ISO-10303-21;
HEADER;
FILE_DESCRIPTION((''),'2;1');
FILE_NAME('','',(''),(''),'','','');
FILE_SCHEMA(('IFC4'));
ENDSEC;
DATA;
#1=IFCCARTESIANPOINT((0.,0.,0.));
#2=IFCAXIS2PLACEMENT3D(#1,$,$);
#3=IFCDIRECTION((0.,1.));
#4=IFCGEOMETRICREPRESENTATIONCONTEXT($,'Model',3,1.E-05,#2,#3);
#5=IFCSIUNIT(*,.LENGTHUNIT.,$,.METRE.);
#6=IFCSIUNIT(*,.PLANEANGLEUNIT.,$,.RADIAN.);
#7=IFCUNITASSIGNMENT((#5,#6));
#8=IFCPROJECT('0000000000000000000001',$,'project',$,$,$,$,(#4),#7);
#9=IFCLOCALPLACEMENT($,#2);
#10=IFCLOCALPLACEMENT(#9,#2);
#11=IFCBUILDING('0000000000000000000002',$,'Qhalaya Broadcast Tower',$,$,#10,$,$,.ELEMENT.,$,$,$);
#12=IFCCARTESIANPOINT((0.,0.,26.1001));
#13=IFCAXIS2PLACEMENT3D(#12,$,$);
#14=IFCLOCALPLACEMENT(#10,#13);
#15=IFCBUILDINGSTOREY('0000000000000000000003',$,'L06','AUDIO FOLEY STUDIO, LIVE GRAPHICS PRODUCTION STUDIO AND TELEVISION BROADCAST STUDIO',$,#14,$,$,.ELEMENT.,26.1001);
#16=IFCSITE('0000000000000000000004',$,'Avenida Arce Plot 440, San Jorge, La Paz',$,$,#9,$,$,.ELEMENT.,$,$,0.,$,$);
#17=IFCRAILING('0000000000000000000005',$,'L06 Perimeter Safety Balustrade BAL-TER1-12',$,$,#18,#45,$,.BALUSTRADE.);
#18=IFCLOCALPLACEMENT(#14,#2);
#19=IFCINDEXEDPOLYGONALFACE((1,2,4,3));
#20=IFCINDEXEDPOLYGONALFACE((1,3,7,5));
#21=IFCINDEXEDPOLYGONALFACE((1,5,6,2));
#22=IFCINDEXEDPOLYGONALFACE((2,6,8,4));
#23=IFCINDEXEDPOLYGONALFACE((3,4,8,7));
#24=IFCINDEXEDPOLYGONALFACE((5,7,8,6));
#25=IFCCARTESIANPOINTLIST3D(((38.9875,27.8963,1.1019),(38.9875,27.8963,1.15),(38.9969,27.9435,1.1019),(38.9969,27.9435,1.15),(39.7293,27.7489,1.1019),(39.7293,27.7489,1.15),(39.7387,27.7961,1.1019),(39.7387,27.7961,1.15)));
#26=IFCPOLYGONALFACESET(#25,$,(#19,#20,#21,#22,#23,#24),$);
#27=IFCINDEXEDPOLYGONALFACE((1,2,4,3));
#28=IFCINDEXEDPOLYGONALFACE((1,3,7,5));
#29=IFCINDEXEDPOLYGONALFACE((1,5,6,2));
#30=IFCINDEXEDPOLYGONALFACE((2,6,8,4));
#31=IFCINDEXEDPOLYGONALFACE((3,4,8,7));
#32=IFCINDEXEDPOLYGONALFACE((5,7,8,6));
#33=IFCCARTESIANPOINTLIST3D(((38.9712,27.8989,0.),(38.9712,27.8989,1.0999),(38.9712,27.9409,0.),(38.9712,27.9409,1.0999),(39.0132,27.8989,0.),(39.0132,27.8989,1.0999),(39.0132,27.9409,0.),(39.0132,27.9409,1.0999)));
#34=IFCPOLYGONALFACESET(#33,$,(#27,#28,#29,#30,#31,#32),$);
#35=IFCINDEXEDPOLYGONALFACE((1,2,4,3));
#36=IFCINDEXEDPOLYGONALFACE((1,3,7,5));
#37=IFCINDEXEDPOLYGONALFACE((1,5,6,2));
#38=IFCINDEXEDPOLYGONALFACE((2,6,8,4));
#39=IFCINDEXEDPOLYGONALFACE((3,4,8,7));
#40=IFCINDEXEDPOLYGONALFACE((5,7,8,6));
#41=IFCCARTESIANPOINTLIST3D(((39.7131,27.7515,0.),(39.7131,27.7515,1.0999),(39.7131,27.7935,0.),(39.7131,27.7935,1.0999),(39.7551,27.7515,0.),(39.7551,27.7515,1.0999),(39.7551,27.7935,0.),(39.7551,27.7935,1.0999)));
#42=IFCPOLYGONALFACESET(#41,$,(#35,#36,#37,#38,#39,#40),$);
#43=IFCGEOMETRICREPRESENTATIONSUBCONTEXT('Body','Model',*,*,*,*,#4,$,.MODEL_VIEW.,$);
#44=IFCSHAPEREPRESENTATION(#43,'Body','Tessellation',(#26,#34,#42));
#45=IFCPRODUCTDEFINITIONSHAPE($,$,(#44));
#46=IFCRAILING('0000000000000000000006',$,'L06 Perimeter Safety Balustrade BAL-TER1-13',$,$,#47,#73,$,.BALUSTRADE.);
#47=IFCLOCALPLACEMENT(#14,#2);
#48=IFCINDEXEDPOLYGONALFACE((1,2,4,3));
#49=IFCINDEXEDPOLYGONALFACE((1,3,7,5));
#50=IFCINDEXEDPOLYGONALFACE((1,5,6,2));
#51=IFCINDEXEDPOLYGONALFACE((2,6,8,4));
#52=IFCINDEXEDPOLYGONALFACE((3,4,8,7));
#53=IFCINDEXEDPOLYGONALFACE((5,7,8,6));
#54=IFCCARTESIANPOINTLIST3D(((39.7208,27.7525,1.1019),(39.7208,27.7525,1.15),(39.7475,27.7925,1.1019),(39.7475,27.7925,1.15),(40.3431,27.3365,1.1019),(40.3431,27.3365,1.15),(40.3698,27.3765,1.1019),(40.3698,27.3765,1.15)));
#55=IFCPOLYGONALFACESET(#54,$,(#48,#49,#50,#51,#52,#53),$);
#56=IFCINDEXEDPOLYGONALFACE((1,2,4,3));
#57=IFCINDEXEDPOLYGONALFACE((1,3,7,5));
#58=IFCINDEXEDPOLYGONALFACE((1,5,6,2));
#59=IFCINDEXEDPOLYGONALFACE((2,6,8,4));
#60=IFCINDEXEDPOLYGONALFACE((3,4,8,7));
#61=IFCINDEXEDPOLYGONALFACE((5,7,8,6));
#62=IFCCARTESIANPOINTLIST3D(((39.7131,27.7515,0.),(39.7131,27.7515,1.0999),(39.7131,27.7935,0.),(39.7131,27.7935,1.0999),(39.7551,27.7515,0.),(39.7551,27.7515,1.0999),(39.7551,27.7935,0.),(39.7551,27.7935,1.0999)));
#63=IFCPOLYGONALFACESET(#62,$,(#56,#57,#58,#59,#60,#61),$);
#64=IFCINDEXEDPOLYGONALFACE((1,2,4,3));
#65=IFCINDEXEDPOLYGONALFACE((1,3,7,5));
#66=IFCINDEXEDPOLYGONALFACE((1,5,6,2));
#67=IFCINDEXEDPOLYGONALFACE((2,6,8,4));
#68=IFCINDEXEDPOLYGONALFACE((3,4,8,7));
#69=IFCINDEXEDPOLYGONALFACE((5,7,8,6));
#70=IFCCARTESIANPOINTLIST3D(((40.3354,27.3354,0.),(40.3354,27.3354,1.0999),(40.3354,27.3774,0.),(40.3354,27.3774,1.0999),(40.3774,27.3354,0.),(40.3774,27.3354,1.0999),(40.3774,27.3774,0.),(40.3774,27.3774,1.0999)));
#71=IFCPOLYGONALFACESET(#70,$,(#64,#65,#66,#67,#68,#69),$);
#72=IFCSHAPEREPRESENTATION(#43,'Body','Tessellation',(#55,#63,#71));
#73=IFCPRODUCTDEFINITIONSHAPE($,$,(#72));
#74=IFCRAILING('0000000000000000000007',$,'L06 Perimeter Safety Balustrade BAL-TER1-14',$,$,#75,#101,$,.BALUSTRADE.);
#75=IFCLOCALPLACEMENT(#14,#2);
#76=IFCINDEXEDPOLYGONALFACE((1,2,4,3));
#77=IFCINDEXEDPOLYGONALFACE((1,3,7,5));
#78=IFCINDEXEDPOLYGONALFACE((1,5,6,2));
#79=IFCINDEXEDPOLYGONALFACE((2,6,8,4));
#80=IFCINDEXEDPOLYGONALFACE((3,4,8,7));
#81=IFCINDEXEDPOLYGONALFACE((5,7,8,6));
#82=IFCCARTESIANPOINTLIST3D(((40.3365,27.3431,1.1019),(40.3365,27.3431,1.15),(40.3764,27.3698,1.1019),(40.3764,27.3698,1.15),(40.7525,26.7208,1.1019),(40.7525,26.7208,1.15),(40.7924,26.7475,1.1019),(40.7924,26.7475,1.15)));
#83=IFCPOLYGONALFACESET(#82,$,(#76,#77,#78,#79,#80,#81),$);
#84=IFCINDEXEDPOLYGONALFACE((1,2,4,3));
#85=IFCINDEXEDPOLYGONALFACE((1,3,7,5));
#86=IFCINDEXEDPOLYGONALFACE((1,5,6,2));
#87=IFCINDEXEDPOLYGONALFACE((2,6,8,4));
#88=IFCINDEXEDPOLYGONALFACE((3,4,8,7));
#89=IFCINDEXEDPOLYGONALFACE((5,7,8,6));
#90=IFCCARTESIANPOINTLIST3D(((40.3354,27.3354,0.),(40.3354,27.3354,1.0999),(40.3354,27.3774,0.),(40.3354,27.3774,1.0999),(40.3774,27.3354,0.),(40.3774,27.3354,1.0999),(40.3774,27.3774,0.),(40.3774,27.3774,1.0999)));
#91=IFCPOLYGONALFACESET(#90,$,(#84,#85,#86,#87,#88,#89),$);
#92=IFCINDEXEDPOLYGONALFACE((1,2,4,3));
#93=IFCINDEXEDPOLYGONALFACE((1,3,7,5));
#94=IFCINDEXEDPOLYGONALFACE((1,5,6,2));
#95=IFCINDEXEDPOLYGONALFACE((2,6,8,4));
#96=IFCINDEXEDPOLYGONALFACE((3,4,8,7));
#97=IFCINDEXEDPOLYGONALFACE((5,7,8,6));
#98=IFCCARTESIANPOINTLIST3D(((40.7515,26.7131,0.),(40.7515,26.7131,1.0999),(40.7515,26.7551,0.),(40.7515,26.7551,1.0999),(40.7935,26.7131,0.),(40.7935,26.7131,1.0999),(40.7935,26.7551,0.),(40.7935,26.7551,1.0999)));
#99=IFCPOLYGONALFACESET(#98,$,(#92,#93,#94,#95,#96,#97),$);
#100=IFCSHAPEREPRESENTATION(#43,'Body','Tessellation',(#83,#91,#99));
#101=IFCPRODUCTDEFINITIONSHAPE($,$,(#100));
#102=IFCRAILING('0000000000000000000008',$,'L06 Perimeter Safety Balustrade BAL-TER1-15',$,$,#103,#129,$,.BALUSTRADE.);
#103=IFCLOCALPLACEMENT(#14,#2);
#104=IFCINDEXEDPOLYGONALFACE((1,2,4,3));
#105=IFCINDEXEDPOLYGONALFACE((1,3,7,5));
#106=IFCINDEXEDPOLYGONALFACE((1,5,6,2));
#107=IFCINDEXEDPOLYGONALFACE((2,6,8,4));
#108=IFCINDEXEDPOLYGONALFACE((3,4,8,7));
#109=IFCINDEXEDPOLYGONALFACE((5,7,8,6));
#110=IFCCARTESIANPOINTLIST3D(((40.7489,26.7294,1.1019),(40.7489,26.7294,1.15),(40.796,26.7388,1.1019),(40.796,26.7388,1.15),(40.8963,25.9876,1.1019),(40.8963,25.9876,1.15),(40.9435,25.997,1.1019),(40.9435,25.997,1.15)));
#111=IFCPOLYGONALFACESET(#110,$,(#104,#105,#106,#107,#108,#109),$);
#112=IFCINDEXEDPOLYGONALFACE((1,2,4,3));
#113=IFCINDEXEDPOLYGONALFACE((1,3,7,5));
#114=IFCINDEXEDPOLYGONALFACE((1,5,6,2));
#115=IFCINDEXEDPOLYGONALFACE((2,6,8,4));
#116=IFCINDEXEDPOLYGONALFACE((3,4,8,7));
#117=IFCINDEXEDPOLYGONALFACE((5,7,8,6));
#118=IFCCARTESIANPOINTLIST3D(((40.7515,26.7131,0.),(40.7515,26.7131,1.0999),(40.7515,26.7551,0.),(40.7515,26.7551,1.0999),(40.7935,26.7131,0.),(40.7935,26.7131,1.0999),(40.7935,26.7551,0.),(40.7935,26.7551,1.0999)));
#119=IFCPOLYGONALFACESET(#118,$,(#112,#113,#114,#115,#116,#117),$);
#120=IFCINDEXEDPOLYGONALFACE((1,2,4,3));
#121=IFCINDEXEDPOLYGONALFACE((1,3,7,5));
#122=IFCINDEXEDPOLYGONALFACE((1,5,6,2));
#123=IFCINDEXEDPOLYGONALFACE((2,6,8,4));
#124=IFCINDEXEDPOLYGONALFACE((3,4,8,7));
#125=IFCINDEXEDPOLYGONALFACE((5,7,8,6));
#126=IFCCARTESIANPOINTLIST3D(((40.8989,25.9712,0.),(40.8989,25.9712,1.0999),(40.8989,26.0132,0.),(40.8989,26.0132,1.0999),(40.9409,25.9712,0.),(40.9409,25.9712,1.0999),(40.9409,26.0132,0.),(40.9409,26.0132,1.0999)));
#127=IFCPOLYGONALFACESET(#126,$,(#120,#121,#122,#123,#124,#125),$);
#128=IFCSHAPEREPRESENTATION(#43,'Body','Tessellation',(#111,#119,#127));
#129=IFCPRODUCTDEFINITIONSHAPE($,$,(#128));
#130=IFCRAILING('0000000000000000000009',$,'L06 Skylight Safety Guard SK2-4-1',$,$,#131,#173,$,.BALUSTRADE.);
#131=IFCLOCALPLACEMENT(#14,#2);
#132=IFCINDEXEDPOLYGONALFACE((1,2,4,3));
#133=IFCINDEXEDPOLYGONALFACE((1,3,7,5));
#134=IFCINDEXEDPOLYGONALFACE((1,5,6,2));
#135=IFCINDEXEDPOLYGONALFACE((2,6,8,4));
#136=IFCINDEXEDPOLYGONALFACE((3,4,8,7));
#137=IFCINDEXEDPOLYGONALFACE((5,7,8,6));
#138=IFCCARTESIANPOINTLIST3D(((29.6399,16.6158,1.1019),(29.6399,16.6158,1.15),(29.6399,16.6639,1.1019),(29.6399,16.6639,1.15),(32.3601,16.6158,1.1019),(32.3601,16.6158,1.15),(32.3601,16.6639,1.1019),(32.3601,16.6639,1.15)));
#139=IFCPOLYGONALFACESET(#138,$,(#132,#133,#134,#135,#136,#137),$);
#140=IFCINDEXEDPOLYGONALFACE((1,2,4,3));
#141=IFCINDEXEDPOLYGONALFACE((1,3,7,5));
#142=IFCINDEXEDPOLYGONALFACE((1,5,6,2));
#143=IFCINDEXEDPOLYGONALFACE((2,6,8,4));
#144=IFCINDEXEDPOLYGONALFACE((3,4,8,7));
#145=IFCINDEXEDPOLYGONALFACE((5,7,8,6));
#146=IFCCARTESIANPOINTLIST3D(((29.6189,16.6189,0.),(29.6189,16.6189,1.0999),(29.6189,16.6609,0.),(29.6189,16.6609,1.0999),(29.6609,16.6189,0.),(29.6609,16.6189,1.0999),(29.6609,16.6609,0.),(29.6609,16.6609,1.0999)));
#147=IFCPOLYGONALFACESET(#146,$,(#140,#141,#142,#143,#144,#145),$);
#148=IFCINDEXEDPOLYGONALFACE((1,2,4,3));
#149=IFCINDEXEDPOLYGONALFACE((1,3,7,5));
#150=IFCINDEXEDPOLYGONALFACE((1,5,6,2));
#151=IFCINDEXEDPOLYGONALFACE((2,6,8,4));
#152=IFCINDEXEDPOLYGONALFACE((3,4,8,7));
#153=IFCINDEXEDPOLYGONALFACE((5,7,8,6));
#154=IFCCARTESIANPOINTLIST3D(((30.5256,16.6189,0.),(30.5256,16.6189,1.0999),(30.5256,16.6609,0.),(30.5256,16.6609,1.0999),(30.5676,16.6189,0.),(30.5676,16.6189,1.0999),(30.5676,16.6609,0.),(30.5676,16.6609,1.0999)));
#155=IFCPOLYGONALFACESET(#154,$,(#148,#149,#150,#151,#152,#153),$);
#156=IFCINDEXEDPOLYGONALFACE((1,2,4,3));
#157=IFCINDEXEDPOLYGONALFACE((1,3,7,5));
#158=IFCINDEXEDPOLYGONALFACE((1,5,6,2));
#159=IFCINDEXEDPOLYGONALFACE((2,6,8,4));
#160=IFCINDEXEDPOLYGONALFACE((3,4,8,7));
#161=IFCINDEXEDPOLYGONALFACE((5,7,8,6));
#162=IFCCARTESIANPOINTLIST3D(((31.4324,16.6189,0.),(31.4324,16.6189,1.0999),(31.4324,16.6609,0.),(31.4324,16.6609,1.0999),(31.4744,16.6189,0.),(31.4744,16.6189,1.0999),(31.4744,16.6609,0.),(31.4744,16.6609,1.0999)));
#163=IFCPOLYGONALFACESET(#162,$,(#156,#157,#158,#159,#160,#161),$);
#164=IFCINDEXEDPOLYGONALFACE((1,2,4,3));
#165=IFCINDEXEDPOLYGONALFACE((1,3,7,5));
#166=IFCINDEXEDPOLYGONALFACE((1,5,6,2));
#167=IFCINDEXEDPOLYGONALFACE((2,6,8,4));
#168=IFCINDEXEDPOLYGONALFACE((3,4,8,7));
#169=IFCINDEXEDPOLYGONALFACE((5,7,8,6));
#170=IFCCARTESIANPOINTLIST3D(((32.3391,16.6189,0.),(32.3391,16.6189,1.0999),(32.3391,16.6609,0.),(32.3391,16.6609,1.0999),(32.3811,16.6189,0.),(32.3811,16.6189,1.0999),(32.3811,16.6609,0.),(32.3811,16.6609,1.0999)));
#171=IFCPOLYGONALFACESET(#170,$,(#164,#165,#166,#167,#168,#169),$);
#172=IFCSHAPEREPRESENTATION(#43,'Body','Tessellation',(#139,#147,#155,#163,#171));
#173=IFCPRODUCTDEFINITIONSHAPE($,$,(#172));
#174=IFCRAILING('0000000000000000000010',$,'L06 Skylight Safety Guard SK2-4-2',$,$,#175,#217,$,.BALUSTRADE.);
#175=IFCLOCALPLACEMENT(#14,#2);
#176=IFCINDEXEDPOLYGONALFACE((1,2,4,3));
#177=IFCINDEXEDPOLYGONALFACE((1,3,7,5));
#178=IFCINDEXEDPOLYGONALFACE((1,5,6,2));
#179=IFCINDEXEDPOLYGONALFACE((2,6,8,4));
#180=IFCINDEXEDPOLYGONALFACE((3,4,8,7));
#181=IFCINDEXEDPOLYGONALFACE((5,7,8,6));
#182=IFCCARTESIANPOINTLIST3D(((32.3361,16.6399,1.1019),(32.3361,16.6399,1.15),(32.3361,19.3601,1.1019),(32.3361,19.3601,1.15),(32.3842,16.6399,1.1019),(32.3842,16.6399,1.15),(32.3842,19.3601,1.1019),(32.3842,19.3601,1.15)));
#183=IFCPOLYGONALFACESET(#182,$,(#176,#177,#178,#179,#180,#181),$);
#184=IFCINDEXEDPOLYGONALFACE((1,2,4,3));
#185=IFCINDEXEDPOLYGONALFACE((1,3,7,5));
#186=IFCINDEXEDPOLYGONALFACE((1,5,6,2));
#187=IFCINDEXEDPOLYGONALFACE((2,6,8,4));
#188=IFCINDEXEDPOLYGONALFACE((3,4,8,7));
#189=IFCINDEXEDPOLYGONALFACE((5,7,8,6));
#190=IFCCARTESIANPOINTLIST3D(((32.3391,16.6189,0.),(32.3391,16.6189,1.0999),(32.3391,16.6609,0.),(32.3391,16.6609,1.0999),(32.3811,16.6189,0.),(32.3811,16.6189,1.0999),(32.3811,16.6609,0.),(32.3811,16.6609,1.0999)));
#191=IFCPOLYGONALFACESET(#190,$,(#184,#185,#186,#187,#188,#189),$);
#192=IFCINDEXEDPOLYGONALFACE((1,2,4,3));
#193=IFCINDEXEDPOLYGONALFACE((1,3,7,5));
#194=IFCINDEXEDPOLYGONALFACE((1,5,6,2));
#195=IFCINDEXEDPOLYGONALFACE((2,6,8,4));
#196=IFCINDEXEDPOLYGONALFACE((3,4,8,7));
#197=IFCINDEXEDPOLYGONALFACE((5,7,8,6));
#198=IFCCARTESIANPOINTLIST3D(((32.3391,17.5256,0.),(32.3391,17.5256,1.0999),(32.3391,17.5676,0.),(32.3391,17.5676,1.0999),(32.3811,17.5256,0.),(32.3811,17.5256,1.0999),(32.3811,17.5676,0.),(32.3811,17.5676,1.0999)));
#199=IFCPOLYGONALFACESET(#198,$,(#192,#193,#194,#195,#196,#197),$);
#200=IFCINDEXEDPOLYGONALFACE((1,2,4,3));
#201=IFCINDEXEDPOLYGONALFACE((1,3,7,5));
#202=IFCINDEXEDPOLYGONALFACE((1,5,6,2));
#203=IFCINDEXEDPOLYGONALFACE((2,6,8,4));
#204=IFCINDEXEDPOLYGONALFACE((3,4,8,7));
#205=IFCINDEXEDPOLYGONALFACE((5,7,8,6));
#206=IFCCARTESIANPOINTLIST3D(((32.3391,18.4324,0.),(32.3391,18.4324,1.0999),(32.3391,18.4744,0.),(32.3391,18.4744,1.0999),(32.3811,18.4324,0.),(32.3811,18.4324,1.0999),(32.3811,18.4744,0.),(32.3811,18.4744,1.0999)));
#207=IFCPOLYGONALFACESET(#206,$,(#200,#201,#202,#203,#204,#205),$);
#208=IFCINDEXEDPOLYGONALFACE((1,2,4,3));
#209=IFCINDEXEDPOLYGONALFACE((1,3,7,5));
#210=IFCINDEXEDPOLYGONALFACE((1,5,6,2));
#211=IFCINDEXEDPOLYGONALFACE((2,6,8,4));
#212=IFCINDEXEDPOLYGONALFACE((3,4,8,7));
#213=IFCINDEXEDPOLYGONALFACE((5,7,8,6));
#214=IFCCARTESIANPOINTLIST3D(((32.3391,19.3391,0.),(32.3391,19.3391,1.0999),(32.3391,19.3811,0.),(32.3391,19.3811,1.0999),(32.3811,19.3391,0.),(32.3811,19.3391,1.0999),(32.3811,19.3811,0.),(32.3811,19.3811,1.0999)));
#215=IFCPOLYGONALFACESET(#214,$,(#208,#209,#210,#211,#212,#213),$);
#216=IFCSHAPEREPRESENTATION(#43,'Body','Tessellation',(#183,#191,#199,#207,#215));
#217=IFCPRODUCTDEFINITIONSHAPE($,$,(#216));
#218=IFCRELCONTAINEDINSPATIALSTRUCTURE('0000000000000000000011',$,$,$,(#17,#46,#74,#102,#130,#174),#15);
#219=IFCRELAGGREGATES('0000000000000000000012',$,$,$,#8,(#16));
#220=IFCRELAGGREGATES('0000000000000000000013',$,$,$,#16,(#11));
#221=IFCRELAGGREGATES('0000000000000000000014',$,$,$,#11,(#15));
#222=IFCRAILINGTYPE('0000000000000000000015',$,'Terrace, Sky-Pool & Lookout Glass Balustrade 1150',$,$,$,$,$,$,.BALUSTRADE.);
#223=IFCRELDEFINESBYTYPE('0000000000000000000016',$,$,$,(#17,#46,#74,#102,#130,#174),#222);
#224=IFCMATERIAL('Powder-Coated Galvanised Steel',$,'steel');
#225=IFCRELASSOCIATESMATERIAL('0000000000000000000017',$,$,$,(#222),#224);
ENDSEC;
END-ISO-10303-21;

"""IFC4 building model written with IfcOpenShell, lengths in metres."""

from ifc_helpers import new_model, si_unit, direction, frame, origin, origin_2d, place, context, subcontext, project, spatial, rectangle, extrude, material, type_object, element, save


model = new_model("IFC4")

# Units and contexts
model_context = context("Model", 3, precision=1e-05, world=origin(), true_north=direction((0.0, 1.0)))
body_context = subcontext(model_context, "Body", "Model", "MODEL_VIEW")
ifc_project = project(units=[si_unit("LENGTHUNIT", "METRE"), si_unit("PLANEANGLEUNIT", "RADIAN")], contexts=[model_context])

# Site, building, storey
site_placement = place(None, origin())
site = spatial("IfcSite", under=ifc_project, at=site_placement, Name="Avenida Arce Plot 440, San Jorge, La Paz", CompositionType="ELEMENT", RefElevation=0.0)
building_placement = place(site_placement, origin())
building = spatial("IfcBuilding", under=site, at=building_placement, Name="Qhalaya Broadcast Tower", CompositionType="ELEMENT")
storey_placement = place(building_placement, frame((0.0, 0.0, 26.1001)))
storey = spatial("IfcBuildingStorey", under=building, at=storey_placement, Name="L06", Description="AUDIO FOLEY STUDIO, LIVE GRAPHICS PRODUCTION STUDIO AND TELEVISION BROADCAST STUDIO", CompositionType="ELEMENT", Elevation=26.1001)

# Railings
ifc_material_1 = material(Name="Powder-Coated Galvanised Steel", Category="steel")
railing_type = type_object("IfcRailingType", Name="Terrace, Sky-Pool & Lookout Glass Balustrade 1150", PredefinedType="BALUSTRADE", material=ifc_material_1)
railing_1_placement = place(storey_placement, frame((38.9922, 27.9199, 0.0)))
element("IfcRailing", 1, at=railing_1_placement, inside=storey, type_object=railing_type, Name="L06 Perimeter Safety Balustrade BAL-TER1-12", PredefinedType="BALUSTRADE", context=body_context, shape_type="SweptSolid", body=[
    extrude(rectangle(XDim=0.0481, YDim=0.0481, at=origin_2d()), frame((0.0, 0.0, 1.126), z_axis=(0.980816, -0.194937, 0.0), x_axis=(0.194937, 0.980816, 0.0)), (0.0, 0.0, 1.0), 0.7563),
    extrude(rectangle(XDim=0.042, YDim=0.042, at=origin_2d()), origin(), (0.0, 0.0, 1.0), 1.0999),
    extrude(rectangle(XDim=0.042, YDim=0.042, at=origin_2d()), frame((0.7419, -0.1475, 0.0)), (0.0, 0.0, 1.0), 1.0999),
])
railing_2_placement = place(storey_placement, frame((39.7341, 27.7725, 0.0)))
element("IfcRailing", 2, at=railing_2_placement, inside=storey, type_object=railing_type, Name="L06 Perimeter Safety Balustrade BAL-TER1-13", PredefinedType="BALUSTRADE", context=body_context, shape_type="SweptSolid", body=[
    extrude(rectangle(XDim=0.0481, YDim=0.0481, at=origin_2d()), frame((0.0, 0.0, 1.126), z_axis=(0.831347, -0.555753, 0.0), x_axis=(0.555753, 0.831347, 0.0)), (0.0, 0.0, 1.0), 0.7485),
    extrude(rectangle(XDim=0.042, YDim=0.042, at=origin_2d()), origin(), (0.0, 0.0, 1.0), 1.0999),
    extrude(rectangle(XDim=0.042, YDim=0.042, at=origin_2d()), frame((0.6223, -0.416, 0.0)), (0.0, 0.0, 1.0), 1.0999),
])
railing_3_placement = place(storey_placement, frame((40.3564, 27.3564, 0.0)))
element("IfcRailing", 3, at=railing_3_placement, inside=storey, type_object=railing_type, Name="L06 Perimeter Safety Balustrade BAL-TER1-14", PredefinedType="BALUSTRADE", context=body_context, shape_type="SweptSolid", body=[
    extrude(rectangle(XDim=0.0481, YDim=0.0481, at=origin_2d()), frame((0.0, 0.0, 1.126), z_axis=(0.555753, -0.831347, 0.0), x_axis=(0.831347, 0.555753, 0.0)), (0.0, 0.0, 1.0), 0.7485),
    extrude(rectangle(XDim=0.042, YDim=0.042, at=origin_2d()), origin(), (0.0, 0.0, 1.0), 1.0999),
    extrude(rectangle(XDim=0.042, YDim=0.042, at=origin_2d()), frame((0.416, -0.6223, 0.0)), (0.0, 0.0, 1.0), 1.0999),
])
railing_4_placement = place(storey_placement, frame((40.7725, 26.7341, 0.0)))
element("IfcRailing", 4, at=railing_4_placement, inside=storey, type_object=railing_type, Name="L06 Perimeter Safety Balustrade BAL-TER1-15", PredefinedType="BALUSTRADE", context=body_context, shape_type="SweptSolid", body=[
    extrude(rectangle(XDim=0.0481, YDim=0.0481, at=origin_2d()), frame((0.0, 0.0, 1.126), z_axis=(0.194937, -0.980816, 0.0), x_axis=(0.980816, 0.194937, 0.0)), (0.0, 0.0, 1.0), 0.7563),
    extrude(rectangle(XDim=0.042, YDim=0.042, at=origin_2d()), origin(), (0.0, 0.0, 1.0), 1.0999),
    extrude(rectangle(XDim=0.042, YDim=0.042, at=origin_2d()), frame((0.1475, -0.7419, 0.0)), (0.0, 0.0, 1.0), 1.0999),
])
railing_5_placement = place(storey_placement, frame((29.6399, 16.6399, 0.0)))
element("IfcRailing", 5, at=railing_5_placement, inside=storey, type_object=railing_type, Name="L06 Skylight Safety Guard SK2-4-1", PredefinedType="BALUSTRADE", context=body_context, shape_type="SweptSolid", body=[
    extrude(rectangle(XDim=0.0481, YDim=0.0481, at=origin_2d()), frame((0.0, 0.0, 1.126), z_axis=(1.0, 0.0, 0.0), x_axis=(0.0, 1.0, 0.0)), (0.0, 0.0, 1.0), 2.7202),
    extrude(rectangle(XDim=0.042, YDim=0.042, at=origin_2d()), origin(), (0.0, 0.0, 1.0), 1.0999),
    extrude(rectangle(XDim=0.042, YDim=0.042, at=origin_2d()), frame((0.9067, 0.0, 0.0)), (0.0, 0.0, 1.0), 1.0999),
    extrude(rectangle(XDim=0.042, YDim=0.042, at=origin_2d()), frame((1.8135, 0.0, 0.0)), (0.0, 0.0, 1.0), 1.0999),
    extrude(rectangle(XDim=0.042, YDim=0.042, at=origin_2d()), frame((2.7202, 0.0, 0.0)), (0.0, 0.0, 1.0), 1.0999),
])
railing_6_placement = place(storey_placement, frame((32.3601, 16.6399, 0.0)))
element("IfcRailing", 6, at=railing_6_placement, inside=storey, type_object=railing_type, Name="L06 Skylight Safety Guard SK2-4-2", PredefinedType="BALUSTRADE", context=body_context, shape_type="SweptSolid", body=[
    extrude(rectangle(XDim=0.0481, YDim=0.0481, at=origin_2d()), frame((0.0, 0.0, 1.126), z_axis=(0.0, 1.0, 0.0), x_axis=(-1.0, 0.0, 0.0)), (0.0, 0.0, 1.0), 2.7202),
    extrude(rectangle(XDim=0.042, YDim=0.042, at=origin_2d()), origin(), (0.0, 0.0, 1.0), 1.0999),
    extrude(rectangle(XDim=0.042, YDim=0.042, at=origin_2d()), frame((0.0, 0.9067, 0.0)), (0.0, 0.0, 1.0), 1.0999),
    extrude(rectangle(XDim=0.042, YDim=0.042, at=origin_2d()), frame((0.0, 1.8135, 0.0)), (0.0, 0.0, 1.0), 1.0999),
    extrude(rectangle(XDim=0.042, YDim=0.042, at=origin_2d()), frame((0.0, 2.7202, 0.0)), (0.0, 0.0, 1.0), 1.0999),
])

save(model, "model.ifc")
